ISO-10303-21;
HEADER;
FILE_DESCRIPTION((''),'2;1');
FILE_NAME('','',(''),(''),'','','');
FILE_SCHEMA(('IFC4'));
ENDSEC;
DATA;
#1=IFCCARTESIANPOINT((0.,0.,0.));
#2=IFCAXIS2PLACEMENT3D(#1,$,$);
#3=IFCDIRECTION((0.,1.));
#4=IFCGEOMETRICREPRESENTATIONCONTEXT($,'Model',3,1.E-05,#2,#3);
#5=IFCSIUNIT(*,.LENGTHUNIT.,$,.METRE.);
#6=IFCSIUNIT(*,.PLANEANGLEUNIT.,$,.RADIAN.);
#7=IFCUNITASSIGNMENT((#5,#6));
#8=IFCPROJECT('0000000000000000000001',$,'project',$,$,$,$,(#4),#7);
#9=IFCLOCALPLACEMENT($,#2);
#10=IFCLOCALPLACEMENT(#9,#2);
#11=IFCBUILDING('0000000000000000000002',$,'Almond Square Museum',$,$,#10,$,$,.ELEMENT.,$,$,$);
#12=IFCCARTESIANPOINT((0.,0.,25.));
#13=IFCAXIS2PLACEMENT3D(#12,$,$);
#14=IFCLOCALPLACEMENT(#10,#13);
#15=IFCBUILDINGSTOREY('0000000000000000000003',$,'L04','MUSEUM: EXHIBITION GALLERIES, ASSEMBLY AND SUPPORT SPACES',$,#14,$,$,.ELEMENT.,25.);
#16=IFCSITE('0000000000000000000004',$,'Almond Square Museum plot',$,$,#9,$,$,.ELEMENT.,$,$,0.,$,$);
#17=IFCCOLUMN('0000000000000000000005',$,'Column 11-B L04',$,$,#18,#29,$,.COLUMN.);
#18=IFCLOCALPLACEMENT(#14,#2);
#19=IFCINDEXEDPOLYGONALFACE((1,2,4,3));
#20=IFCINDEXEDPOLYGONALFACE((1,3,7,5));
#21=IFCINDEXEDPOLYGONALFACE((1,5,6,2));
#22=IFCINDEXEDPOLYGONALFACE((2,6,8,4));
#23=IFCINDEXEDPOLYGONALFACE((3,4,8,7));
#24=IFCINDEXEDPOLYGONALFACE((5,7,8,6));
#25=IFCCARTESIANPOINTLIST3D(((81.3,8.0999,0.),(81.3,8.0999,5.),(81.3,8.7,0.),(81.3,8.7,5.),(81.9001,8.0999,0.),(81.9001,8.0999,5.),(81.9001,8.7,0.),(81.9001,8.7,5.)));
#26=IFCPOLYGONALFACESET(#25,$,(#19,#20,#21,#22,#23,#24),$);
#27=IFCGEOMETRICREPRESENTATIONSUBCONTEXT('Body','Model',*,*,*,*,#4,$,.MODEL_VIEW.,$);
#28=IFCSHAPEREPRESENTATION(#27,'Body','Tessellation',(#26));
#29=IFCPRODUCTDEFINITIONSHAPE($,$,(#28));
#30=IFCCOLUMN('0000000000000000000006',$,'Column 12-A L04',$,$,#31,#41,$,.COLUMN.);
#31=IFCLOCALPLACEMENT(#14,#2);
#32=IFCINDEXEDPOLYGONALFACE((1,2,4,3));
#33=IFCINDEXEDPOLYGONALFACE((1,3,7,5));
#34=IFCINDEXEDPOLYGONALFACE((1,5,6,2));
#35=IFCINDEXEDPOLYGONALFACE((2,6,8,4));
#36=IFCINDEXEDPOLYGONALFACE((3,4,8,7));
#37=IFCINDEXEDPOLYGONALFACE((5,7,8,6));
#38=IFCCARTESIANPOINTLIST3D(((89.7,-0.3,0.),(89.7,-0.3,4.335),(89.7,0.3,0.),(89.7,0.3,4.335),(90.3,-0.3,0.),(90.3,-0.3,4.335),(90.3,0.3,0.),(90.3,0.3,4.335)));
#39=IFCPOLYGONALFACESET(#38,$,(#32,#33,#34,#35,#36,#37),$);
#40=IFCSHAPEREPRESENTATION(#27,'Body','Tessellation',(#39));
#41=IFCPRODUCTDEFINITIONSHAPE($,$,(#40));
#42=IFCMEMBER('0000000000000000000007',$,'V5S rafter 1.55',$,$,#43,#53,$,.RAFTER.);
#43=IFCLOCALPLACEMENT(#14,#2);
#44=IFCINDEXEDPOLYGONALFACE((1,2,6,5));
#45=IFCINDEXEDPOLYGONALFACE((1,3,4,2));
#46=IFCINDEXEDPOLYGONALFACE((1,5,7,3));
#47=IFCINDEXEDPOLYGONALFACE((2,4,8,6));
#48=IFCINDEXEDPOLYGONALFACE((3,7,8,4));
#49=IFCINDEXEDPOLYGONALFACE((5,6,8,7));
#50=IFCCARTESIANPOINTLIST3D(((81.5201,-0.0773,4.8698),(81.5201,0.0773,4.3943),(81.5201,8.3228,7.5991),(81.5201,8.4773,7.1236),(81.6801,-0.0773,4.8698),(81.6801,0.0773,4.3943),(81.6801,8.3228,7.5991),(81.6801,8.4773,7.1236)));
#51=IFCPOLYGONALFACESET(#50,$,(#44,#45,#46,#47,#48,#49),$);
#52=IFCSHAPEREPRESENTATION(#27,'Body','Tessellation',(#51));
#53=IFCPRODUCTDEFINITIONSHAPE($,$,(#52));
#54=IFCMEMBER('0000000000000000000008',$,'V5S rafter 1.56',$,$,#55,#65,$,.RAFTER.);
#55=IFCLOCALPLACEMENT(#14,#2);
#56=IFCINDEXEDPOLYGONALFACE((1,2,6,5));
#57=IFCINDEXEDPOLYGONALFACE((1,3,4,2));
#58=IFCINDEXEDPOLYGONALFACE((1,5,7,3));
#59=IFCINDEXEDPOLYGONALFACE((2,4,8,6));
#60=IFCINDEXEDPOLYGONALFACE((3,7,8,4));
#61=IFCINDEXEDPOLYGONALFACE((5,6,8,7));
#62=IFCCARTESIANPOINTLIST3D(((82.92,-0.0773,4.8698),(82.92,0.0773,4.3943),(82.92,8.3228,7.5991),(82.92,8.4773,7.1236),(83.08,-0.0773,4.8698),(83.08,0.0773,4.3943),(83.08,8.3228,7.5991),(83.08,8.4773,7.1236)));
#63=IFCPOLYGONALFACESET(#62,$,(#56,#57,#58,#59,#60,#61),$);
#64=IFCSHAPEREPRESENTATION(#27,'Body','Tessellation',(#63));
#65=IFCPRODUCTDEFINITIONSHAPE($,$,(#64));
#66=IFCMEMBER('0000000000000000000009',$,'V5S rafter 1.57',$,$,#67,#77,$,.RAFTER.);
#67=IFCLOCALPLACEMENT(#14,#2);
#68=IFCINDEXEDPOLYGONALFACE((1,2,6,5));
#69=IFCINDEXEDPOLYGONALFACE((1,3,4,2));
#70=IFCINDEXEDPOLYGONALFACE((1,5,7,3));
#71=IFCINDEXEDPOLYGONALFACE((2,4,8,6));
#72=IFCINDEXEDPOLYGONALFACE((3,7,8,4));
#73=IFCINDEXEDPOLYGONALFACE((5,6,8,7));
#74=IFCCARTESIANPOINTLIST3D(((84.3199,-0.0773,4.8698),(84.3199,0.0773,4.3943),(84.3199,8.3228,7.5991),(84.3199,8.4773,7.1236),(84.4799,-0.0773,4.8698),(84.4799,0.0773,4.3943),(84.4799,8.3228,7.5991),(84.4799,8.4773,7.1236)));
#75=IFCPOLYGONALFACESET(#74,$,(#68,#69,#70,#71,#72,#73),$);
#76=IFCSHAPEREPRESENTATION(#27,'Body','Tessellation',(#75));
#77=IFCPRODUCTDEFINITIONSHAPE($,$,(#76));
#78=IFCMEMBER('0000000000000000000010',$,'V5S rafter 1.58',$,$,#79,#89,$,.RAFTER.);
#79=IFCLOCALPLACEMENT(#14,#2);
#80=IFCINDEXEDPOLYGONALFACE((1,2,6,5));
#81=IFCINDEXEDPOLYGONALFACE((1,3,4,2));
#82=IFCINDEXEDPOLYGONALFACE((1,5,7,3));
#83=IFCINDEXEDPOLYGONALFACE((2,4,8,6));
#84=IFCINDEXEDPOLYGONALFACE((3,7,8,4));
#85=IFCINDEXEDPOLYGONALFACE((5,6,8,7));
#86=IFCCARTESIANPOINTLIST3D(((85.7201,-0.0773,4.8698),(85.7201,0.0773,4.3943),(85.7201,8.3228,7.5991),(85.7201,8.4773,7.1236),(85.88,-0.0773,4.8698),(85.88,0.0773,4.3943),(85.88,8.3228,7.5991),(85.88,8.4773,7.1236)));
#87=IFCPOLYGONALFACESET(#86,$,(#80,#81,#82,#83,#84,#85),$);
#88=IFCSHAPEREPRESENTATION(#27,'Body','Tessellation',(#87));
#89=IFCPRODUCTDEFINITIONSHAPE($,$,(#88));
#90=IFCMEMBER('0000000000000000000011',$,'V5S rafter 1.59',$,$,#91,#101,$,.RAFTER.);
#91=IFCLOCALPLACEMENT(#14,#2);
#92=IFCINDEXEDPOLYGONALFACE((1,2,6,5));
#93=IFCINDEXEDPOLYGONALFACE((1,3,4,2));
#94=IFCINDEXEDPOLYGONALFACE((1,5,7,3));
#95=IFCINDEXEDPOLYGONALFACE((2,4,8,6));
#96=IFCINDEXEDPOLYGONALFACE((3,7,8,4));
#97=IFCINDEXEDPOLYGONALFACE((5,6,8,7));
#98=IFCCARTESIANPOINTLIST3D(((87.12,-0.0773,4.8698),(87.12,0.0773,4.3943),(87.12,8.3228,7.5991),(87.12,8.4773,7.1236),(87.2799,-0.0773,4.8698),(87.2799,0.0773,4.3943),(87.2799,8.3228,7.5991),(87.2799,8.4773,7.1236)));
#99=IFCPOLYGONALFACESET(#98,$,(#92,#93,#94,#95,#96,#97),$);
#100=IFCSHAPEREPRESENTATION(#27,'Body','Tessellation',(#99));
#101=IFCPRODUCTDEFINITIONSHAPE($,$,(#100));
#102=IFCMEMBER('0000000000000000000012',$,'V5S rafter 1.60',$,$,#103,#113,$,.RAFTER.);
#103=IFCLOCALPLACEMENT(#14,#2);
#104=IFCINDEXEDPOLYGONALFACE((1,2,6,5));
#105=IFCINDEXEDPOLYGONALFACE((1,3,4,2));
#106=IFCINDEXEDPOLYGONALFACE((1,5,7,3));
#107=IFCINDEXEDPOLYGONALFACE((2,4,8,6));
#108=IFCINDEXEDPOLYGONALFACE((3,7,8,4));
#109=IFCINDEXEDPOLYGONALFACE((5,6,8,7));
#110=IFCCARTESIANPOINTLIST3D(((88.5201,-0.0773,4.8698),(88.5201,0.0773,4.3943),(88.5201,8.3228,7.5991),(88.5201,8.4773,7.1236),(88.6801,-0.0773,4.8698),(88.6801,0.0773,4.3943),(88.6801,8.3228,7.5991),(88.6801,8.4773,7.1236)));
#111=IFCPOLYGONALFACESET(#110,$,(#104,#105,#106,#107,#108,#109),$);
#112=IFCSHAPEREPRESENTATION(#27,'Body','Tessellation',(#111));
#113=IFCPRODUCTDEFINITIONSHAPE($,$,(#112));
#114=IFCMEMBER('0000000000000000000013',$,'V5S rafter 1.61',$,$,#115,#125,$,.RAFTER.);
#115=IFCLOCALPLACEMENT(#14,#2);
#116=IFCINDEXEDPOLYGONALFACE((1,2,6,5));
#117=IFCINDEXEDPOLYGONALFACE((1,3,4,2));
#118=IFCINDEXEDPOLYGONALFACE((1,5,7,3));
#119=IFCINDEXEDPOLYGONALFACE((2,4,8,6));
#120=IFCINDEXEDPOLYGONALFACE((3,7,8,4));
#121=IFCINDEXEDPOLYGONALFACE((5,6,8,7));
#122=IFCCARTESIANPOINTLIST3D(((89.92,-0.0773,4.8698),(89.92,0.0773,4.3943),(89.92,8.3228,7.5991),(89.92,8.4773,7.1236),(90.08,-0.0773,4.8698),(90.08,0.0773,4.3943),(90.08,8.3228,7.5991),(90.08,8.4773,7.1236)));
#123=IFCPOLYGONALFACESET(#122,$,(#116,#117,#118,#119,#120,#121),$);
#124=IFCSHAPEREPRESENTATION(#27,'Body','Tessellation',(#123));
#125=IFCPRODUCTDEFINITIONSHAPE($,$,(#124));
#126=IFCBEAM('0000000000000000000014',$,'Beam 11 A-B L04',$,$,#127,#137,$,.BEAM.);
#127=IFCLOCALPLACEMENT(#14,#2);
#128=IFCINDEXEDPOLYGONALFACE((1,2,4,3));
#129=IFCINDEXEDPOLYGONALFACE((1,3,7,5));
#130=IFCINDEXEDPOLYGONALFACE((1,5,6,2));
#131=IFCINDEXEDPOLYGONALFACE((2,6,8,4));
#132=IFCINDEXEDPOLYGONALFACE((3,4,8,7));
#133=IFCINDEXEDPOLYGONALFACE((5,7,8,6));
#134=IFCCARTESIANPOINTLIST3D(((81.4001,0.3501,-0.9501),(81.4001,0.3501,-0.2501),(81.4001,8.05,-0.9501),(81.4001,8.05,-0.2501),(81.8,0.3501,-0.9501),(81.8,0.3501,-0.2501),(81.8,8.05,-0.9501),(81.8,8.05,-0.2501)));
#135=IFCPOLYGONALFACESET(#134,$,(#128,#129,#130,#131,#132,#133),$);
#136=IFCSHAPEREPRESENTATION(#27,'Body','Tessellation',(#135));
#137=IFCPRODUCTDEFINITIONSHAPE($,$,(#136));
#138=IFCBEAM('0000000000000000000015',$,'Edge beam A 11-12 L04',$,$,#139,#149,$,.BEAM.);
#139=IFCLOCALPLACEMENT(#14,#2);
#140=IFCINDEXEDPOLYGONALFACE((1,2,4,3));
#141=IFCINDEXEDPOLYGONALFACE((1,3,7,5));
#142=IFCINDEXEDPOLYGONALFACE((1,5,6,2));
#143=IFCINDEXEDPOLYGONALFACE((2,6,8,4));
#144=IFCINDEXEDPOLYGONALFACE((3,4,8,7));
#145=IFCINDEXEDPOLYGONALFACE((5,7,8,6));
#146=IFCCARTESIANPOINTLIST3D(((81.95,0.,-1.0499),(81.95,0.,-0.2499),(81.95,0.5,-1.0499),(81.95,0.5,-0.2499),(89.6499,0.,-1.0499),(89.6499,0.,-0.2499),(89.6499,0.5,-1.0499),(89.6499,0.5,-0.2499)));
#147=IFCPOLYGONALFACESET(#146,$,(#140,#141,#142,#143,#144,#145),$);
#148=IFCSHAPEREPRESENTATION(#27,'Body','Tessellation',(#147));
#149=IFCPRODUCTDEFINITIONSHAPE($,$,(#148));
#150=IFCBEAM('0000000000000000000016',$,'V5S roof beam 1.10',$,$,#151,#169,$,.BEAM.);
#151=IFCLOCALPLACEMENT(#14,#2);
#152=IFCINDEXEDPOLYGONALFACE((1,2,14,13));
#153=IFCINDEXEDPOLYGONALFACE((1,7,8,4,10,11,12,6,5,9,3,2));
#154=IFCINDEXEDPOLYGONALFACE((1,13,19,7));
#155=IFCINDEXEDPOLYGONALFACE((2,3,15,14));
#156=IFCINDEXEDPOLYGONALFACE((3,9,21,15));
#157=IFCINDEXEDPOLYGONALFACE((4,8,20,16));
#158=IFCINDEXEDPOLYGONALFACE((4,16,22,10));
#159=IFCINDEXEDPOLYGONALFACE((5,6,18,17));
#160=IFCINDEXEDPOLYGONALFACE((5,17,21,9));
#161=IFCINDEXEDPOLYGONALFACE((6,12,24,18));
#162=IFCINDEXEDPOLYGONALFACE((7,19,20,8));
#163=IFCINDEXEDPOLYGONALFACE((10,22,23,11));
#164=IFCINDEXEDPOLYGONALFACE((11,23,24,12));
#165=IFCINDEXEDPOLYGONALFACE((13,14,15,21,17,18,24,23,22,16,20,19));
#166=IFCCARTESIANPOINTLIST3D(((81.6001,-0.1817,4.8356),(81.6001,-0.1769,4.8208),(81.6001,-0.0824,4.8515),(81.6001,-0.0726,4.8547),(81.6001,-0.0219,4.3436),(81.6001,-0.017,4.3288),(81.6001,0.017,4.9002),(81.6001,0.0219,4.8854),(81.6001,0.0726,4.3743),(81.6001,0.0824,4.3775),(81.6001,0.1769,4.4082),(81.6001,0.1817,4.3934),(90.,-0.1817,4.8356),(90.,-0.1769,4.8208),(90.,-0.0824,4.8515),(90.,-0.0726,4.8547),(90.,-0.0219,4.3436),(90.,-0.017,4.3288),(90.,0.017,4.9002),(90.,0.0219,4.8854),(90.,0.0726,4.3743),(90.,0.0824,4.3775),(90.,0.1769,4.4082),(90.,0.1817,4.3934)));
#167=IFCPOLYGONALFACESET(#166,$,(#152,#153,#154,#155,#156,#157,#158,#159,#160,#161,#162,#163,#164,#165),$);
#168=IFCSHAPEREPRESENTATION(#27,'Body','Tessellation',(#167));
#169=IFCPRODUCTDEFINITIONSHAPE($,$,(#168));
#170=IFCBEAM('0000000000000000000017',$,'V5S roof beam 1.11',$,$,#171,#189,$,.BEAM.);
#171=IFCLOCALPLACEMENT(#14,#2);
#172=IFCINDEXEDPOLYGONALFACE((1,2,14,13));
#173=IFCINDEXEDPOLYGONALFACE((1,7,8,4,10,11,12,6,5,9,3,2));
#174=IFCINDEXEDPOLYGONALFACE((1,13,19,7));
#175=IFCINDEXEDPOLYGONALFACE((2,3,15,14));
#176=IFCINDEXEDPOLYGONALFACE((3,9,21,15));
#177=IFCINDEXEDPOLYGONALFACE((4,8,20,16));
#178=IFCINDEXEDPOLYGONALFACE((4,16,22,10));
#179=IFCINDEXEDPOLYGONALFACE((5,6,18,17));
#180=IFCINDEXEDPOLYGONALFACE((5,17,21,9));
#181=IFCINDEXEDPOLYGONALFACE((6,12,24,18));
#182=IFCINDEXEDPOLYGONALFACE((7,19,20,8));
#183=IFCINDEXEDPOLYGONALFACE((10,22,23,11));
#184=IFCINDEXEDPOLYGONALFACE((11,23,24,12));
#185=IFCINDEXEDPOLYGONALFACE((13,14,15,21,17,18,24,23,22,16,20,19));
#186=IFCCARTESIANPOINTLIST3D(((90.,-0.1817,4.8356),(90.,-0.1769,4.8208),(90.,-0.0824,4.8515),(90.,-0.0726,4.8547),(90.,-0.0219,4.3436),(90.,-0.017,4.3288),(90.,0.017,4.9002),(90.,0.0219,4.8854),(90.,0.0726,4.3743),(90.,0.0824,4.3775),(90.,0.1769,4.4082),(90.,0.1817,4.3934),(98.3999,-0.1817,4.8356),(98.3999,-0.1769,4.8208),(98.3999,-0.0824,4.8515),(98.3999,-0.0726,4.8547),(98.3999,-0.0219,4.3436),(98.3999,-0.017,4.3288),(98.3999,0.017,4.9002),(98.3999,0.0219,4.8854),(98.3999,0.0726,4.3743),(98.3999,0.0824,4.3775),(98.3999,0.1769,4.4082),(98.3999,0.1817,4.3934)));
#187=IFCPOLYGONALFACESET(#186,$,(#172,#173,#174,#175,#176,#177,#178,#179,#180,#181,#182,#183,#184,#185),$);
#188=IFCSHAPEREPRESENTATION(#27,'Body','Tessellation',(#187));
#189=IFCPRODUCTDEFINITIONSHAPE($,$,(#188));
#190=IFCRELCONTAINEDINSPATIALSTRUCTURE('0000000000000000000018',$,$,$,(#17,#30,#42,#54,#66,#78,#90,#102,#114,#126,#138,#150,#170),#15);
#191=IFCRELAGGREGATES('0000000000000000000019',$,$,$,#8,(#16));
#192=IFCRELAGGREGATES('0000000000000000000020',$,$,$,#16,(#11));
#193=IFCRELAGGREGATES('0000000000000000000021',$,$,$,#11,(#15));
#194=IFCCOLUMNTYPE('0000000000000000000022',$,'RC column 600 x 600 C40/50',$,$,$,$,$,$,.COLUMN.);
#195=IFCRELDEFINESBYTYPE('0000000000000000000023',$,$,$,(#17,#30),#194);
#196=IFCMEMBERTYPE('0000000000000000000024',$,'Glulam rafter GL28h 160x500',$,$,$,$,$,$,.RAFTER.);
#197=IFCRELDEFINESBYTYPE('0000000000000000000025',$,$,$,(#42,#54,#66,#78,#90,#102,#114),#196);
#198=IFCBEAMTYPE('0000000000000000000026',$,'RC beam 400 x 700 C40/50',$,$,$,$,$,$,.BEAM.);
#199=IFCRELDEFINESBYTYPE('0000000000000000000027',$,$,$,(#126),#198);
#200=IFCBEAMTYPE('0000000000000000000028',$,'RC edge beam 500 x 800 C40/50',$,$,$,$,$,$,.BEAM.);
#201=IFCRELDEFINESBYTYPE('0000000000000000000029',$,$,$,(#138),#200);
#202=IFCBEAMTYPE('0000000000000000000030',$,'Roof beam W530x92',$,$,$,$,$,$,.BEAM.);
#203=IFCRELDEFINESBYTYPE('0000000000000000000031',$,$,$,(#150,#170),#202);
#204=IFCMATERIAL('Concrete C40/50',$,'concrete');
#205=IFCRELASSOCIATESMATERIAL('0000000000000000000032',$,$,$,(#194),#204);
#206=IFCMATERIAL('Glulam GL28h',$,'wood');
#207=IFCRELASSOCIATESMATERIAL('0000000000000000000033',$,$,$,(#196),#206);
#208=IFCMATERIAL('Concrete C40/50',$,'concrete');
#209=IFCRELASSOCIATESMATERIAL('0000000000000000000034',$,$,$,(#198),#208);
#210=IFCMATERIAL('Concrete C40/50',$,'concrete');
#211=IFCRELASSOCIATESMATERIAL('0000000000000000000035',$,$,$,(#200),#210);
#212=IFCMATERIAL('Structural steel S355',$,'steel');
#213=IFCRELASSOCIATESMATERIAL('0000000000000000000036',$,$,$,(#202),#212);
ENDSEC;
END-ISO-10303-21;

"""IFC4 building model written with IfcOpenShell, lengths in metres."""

from ifc_helpers import new_model, si_unit, direction, frame, origin, origin_2d, place, context, subcontext, project, spatial, rectangle, i_section, extrude, material, material_profile, profile_set, type_object, element, save


model = new_model("IFC4")

# Units and contexts
model_context = context("Model", 3, precision=1e-05, world=origin(), true_north=direction((0.0, 1.0)))
body_context = subcontext(model_context, "Body", "Model", "MODEL_VIEW")
ifc_project = project(units=[si_unit("LENGTHUNIT", "METRE"), si_unit("PLANEANGLEUNIT", "RADIAN")], contexts=[model_context])

# Site, building, storey
site_placement = place(None, origin())
site = spatial("IfcSite", under=ifc_project, at=site_placement, Name="Almond Square Museum plot", CompositionType="ELEMENT", RefElevation=0.0)
building_placement = place(site_placement, origin())
building = spatial("IfcBuilding", under=site, at=building_placement, Name="Almond Square Museum", CompositionType="ELEMENT")
storey_placement = place(building_placement, frame((0.0, 0.0, 25.0)))
storey = spatial("IfcBuildingStorey", under=building, at=storey_placement, Name="L04", Description="MUSEUM: EXHIBITION GALLERIES, ASSEMBLY AND SUPPORT SPACES", CompositionType="ELEMENT", Elevation=25.0)

# Columns
ifc_material_1 = material(Name="Concrete C40/50", Category="concrete")
ifc_material_profile_1 = material_profile(ifc_material_1, rectangle(XDim=0.6001, YDim=0.6001, at=origin_2d()))
ifc_profile_set_1 = profile_set([ifc_material_profile_1], Name="Concrete C40/50")
column_type = type_object("IfcColumnType", Name="RC column 600 x 600 C40/50", PredefinedType="COLUMN", material=ifc_profile_set_1)
column_1_placement = place(storey_placement, frame((81.6001, 8.3999, 0.0), z_axis=(0.0, 0.0, 1.0), x_axis=(1.0, 0.0, 0.0)))
element("IfcColumn", 1, at=column_1_placement, inside=storey, type_object=column_type, Name="Column 11-B L04", PredefinedType="COLUMN", context=body_context, shape_type="SweptSolid", body=[
    extrude(rectangle(XDim=0.6001, YDim=0.6001, at=origin_2d()), origin(), (0.0, 0.0, 1.0), 5.0),
])
column_2_placement = place(storey_placement, frame((90.0, 0.0, 0.0), z_axis=(0.0, 0.0, 1.0), x_axis=(1.0, 0.0, 0.0)))
element("IfcColumn", 2, at=column_2_placement, inside=storey, type_object=column_type, Name="Column 12-A L04", PredefinedType="COLUMN", context=body_context, shape_type="SweptSolid", body=[
    extrude(rectangle(XDim=0.6001, YDim=0.6001, at=origin_2d()), origin(), (0.0, 0.0, 1.0), 4.335),
])

# Members
ifc_material_2 = material(Name="Glulam GL28h", Category="wood")
ifc_material_profile_2 = material_profile(ifc_material_2, rectangle(XDim=0.1599, YDim=0.5, at=origin_2d()))
ifc_profile_set_2 = profile_set([ifc_material_profile_2], Name="Glulam GL28h")
member_type = type_object("IfcMemberType", Name="Glulam rafter GL28h 160x500", PredefinedType="RAFTER", material=ifc_profile_set_2)
for number, where, z_axis, x_axis, name in (
    (3, (81.6001, 0.0, 4.6321), (0.0, 0.951058, 0.309012), (-1.0, 0.0, 0.0), "V5S rafter 1.55"),
    (4, (83.0, 0.0, 4.6321), (0.0, 0.951058, 0.309012), (-1.0, 0.0, 0.0), "V5S rafter 1.56"),
    (5, (84.3999, 0.0, 4.6321), (0.0, 0.951058, 0.309012), (-1.0, 0.0, 0.0), "V5S rafter 1.57"),
    (6, (85.8, 0.0, 4.6321), (0.0, 0.951058, 0.309012), (-1.0, 0.0, 0.0), "V5S rafter 1.58"),
    (7, (87.2, 0.0, 4.6321), (0.0, 0.951058, 0.309012), (-1.0, 0.0, 0.0), "V5S rafter 1.59"),
    (8, (88.6001, 0.0, 4.6321), (0.0, 0.951058, 0.309012), (-1.0, 0.0, 0.0), "V5S rafter 1.60"),
    (9, (90.0, 0.0, 4.6321), (0.0, 0.951058, 0.309012), (-1.0, 0.0, 0.0), "V5S rafter 1.61"),
):
    element("IfcMember", number, at=place(storey_placement, frame(where, z_axis=z_axis, x_axis=x_axis)), inside=storey, type_object=member_type, Name=name, PredefinedType="RAFTER", context=body_context, shape_type="SweptSolid", body=[
        extrude(rectangle(XDim=0.1599, YDim=0.5, at=origin_2d()), origin(), (0.0, 0.0, 1.0), 8.8323),
    ])

# Beams
ifc_material_3 = material(Name="Concrete C40/50", Category="concrete")
ifc_material_profile_3 = material_profile(ifc_material_3, rectangle(XDim=0.3999, YDim=0.7, at=origin_2d()))
ifc_profile_set_3 = profile_set([ifc_material_profile_3], Name="Concrete C40/50")
beam_type_1 = type_object("IfcBeamType", Name="RC beam 400 x 700 C40/50", PredefinedType="BEAM", material=ifc_profile_set_3)
beam_1_placement = place(storey_placement, frame((81.6001, 0.3501, -0.6001), z_axis=(0.0, 1.0, 0.0), x_axis=(-1.0, 0.0, 0.0)))
element("IfcBeam", 10, at=beam_1_placement, inside=storey, type_object=beam_type_1, Name="Beam 11 A-B L04", PredefinedType="BEAM", context=body_context, shape_type="SweptSolid", body=[
    extrude(rectangle(XDim=0.3999, YDim=0.7, at=origin_2d()), origin(), (0.0, 0.0, 1.0), 7.7),
])
ifc_material_4 = material(Name="Concrete C40/50", Category="concrete")
ifc_material_profile_4 = material_profile(ifc_material_4, rectangle(XDim=0.5, YDim=0.8, at=origin_2d()))
ifc_profile_set_4 = profile_set([ifc_material_profile_4], Name="Concrete C40/50")
beam_type_2 = type_object("IfcBeamType", Name="RC edge beam 500 x 800 C40/50", PredefinedType="BEAM", material=ifc_profile_set_4)
beam_2_placement = place(storey_placement, frame((81.95, 0.25, -0.6499), z_axis=(1.0, 0.0, 0.0), x_axis=(0.0, 1.0, 0.0)))
element("IfcBeam", 11, at=beam_2_placement, inside=storey, type_object=beam_type_2, Name="Edge beam A 11-12 L04", PredefinedType="BEAM", context=body_context, shape_type="SweptSolid", body=[
    extrude(rectangle(XDim=0.5, YDim=0.8, at=origin_2d()), origin(), (0.0, 0.0, 1.0), 7.7),
])
ifc_material_5 = material(Name="Structural steel S355", Category="steel")
ifc_material_profile_5 = material_profile(ifc_material_5, i_section(OverallWidth=0.209, OverallDepth=0.533, WebThickness=0.0103, FlangeThickness=0.0156, at=origin_2d()))
ifc_profile_set_5 = profile_set([ifc_material_profile_5], Name="Structural steel S355")
beam_type_3 = type_object("IfcBeamType", Name="Roof beam W530x92", PredefinedType="BEAM", material=ifc_profile_set_5)
for number, where, z_axis, x_axis, name in (
    (12, (81.6001, 0.0, 4.6145), (1.0, 0.0, 0.0), (0.0, 0.951057, 0.309017), "V5S roof beam 1.10"),
    (13, (90.0, 0.0, 4.6145), (1.0, 0.0, 0.0), (0.0, 0.951057, 0.309017), "V5S roof beam 1.11"),
):
    element("IfcBeam", number, at=place(storey_placement, frame(where, z_axis=z_axis, x_axis=x_axis)), inside=storey, type_object=beam_type_3, Name=name, PredefinedType="BEAM", context=body_context, shape_type="SweptSolid", body=[
        extrude(i_section(OverallWidth=0.209, OverallDepth=0.533, WebThickness=0.0103, FlangeThickness=0.0156, at=origin_2d()), origin(), (0.0, 0.0, 1.0), 8.3999),
    ])

save(model, "model.ifc")
